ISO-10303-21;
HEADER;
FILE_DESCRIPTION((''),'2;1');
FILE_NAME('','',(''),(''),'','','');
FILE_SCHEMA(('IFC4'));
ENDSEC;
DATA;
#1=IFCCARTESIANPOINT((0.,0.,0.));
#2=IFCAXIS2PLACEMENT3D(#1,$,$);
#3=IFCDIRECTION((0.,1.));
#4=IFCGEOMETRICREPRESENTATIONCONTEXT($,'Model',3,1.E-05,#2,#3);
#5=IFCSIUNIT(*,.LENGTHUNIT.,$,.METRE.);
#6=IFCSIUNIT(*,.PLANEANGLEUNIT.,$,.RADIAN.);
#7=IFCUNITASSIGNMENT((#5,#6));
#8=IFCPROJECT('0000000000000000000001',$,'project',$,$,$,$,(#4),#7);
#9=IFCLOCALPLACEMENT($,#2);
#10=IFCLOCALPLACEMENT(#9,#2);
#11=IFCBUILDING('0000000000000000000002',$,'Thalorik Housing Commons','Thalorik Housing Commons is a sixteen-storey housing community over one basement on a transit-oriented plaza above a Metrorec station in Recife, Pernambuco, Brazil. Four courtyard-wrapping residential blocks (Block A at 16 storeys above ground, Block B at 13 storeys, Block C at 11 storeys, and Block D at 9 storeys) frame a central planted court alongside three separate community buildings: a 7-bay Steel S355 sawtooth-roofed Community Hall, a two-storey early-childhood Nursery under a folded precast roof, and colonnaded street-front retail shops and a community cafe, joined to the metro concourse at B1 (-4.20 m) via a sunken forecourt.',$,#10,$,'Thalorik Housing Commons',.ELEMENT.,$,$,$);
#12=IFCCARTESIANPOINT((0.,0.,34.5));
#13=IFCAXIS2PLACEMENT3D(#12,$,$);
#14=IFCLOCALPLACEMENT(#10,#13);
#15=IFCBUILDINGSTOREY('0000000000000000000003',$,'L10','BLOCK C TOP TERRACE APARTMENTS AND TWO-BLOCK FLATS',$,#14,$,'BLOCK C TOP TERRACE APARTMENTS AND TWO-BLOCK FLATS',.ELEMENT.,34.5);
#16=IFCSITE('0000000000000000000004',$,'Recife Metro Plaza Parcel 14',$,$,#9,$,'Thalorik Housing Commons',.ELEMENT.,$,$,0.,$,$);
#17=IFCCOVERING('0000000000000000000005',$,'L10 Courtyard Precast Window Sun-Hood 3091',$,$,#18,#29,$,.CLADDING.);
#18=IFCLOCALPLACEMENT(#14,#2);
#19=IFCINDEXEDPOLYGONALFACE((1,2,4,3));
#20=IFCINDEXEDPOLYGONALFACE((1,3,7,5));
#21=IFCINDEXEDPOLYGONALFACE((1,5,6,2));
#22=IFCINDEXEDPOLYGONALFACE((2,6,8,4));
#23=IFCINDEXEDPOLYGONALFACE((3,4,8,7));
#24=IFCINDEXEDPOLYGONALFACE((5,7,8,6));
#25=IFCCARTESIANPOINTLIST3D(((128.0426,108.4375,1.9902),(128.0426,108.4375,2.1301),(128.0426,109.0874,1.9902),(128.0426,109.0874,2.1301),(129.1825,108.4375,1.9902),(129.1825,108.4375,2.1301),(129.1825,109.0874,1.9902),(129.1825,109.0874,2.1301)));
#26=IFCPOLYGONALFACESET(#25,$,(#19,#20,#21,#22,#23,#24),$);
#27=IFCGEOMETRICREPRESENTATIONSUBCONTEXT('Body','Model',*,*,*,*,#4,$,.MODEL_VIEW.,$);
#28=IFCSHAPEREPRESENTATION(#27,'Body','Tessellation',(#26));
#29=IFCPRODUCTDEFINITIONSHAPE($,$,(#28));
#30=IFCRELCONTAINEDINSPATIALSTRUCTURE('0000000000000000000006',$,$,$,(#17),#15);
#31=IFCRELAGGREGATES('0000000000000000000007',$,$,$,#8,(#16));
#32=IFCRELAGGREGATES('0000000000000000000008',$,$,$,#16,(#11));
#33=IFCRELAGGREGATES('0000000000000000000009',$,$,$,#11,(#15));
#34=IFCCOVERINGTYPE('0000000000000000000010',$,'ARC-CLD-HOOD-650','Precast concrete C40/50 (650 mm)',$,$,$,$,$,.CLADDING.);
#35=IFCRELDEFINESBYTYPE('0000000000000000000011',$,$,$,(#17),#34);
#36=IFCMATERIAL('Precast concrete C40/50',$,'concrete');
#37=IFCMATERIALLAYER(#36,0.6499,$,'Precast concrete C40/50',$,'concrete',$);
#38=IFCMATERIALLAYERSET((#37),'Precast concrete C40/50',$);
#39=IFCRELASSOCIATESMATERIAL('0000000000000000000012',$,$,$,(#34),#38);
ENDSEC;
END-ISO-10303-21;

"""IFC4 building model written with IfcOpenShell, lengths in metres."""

from ifc_helpers import new_model, si_unit, direction, frame, origin, origin_2d, place, context, subcontext, project, spatial, rectangle, extrude, material, layer, layer_set, type_object, element, save


model = new_model("IFC4")

# Units and contexts
model_context = context("Model", 3, precision=1e-05, world=origin(), true_north=direction((0.0, 1.0)))
body_context = subcontext(model_context, "Body", "Model", "MODEL_VIEW")
ifc_project = project(units=[si_unit("LENGTHUNIT", "METRE"), si_unit("PLANEANGLEUNIT", "RADIAN")], contexts=[model_context])

# Site, building, storey
site_placement = place(None, origin())
site = spatial("IfcSite", under=ifc_project, at=site_placement, Name="Recife Metro Plaza Parcel 14", LongName="Thalorik Housing Commons", CompositionType="ELEMENT", RefElevation=0.0)
building_placement = place(site_placement, origin())
building = spatial("IfcBuilding", under=site, at=building_placement, Name="Thalorik Housing Commons", Description="Thalorik Housing Commons is a sixteen-storey housing community over one basement on a transit-oriented plaza above a Metrorec station in Recife, Pernambuco, Brazil. Four courtyard-wrapping residential blocks (Block A at 16 storeys above ground, Block B at 13 storeys, Block C at 11 storeys, and Block D at 9 storeys) frame a central planted court alongside three separate community buildings: a 7-bay Steel S355 sawtooth-roofed Community Hall, a two-storey early-childhood Nursery under a folded precast roof, and colonnaded street-front retail shops and a community cafe, joined to the metro concourse at B1 (-4.20 m) via a sunken forecourt.", LongName="Thalorik Housing Commons", CompositionType="ELEMENT")
storey_placement = place(building_placement, frame((0.0, 0.0, 34.5)))
storey = spatial("IfcBuildingStorey", under=building, at=storey_placement, Name="L10", Description="BLOCK C TOP TERRACE APARTMENTS AND TWO-BLOCK FLATS", LongName="BLOCK C TOP TERRACE APARTMENTS AND TWO-BLOCK FLATS", CompositionType="ELEMENT", Elevation=34.5)

# Shared definitions
ifc_material_1 = material(Name="Precast concrete C40/50", Category="concrete")

# Covering
ifc_layer_1 = layer(ifc_material_1, 0.6499, Name="Precast concrete C40/50", Category="concrete")
ifc_layer_set_1 = layer_set([ifc_layer_1], Name="Precast concrete C40/50")
covering_type_1 = type_object("IfcCoveringType", Name="ARC-CLD-HOOD-650", Description="Precast concrete C40/50 (650 mm)", PredefinedType="CLADDING", material=ifc_layer_set_1)
covering_1_placement = place(storey_placement, frame((128.6125, 108.7625, 1.9902), z_axis=(0.0, 0.0, 1.0), x_axis=(1.0, 0.0, 0.0)))
element("IfcCovering", 1, at=covering_1_placement, inside=storey, type_object=covering_type_1, Name="L10 Courtyard Precast Window Sun-Hood 3091", PredefinedType="CLADDING", context=body_context, shape_type="SweptSolid", body=[
    extrude(rectangle(XDim=1.1399, YDim=0.6499, at=origin_2d()), origin(), (0.0, 0.0, 1.0), 0.1399),
])

save(model, "model.ifc")
